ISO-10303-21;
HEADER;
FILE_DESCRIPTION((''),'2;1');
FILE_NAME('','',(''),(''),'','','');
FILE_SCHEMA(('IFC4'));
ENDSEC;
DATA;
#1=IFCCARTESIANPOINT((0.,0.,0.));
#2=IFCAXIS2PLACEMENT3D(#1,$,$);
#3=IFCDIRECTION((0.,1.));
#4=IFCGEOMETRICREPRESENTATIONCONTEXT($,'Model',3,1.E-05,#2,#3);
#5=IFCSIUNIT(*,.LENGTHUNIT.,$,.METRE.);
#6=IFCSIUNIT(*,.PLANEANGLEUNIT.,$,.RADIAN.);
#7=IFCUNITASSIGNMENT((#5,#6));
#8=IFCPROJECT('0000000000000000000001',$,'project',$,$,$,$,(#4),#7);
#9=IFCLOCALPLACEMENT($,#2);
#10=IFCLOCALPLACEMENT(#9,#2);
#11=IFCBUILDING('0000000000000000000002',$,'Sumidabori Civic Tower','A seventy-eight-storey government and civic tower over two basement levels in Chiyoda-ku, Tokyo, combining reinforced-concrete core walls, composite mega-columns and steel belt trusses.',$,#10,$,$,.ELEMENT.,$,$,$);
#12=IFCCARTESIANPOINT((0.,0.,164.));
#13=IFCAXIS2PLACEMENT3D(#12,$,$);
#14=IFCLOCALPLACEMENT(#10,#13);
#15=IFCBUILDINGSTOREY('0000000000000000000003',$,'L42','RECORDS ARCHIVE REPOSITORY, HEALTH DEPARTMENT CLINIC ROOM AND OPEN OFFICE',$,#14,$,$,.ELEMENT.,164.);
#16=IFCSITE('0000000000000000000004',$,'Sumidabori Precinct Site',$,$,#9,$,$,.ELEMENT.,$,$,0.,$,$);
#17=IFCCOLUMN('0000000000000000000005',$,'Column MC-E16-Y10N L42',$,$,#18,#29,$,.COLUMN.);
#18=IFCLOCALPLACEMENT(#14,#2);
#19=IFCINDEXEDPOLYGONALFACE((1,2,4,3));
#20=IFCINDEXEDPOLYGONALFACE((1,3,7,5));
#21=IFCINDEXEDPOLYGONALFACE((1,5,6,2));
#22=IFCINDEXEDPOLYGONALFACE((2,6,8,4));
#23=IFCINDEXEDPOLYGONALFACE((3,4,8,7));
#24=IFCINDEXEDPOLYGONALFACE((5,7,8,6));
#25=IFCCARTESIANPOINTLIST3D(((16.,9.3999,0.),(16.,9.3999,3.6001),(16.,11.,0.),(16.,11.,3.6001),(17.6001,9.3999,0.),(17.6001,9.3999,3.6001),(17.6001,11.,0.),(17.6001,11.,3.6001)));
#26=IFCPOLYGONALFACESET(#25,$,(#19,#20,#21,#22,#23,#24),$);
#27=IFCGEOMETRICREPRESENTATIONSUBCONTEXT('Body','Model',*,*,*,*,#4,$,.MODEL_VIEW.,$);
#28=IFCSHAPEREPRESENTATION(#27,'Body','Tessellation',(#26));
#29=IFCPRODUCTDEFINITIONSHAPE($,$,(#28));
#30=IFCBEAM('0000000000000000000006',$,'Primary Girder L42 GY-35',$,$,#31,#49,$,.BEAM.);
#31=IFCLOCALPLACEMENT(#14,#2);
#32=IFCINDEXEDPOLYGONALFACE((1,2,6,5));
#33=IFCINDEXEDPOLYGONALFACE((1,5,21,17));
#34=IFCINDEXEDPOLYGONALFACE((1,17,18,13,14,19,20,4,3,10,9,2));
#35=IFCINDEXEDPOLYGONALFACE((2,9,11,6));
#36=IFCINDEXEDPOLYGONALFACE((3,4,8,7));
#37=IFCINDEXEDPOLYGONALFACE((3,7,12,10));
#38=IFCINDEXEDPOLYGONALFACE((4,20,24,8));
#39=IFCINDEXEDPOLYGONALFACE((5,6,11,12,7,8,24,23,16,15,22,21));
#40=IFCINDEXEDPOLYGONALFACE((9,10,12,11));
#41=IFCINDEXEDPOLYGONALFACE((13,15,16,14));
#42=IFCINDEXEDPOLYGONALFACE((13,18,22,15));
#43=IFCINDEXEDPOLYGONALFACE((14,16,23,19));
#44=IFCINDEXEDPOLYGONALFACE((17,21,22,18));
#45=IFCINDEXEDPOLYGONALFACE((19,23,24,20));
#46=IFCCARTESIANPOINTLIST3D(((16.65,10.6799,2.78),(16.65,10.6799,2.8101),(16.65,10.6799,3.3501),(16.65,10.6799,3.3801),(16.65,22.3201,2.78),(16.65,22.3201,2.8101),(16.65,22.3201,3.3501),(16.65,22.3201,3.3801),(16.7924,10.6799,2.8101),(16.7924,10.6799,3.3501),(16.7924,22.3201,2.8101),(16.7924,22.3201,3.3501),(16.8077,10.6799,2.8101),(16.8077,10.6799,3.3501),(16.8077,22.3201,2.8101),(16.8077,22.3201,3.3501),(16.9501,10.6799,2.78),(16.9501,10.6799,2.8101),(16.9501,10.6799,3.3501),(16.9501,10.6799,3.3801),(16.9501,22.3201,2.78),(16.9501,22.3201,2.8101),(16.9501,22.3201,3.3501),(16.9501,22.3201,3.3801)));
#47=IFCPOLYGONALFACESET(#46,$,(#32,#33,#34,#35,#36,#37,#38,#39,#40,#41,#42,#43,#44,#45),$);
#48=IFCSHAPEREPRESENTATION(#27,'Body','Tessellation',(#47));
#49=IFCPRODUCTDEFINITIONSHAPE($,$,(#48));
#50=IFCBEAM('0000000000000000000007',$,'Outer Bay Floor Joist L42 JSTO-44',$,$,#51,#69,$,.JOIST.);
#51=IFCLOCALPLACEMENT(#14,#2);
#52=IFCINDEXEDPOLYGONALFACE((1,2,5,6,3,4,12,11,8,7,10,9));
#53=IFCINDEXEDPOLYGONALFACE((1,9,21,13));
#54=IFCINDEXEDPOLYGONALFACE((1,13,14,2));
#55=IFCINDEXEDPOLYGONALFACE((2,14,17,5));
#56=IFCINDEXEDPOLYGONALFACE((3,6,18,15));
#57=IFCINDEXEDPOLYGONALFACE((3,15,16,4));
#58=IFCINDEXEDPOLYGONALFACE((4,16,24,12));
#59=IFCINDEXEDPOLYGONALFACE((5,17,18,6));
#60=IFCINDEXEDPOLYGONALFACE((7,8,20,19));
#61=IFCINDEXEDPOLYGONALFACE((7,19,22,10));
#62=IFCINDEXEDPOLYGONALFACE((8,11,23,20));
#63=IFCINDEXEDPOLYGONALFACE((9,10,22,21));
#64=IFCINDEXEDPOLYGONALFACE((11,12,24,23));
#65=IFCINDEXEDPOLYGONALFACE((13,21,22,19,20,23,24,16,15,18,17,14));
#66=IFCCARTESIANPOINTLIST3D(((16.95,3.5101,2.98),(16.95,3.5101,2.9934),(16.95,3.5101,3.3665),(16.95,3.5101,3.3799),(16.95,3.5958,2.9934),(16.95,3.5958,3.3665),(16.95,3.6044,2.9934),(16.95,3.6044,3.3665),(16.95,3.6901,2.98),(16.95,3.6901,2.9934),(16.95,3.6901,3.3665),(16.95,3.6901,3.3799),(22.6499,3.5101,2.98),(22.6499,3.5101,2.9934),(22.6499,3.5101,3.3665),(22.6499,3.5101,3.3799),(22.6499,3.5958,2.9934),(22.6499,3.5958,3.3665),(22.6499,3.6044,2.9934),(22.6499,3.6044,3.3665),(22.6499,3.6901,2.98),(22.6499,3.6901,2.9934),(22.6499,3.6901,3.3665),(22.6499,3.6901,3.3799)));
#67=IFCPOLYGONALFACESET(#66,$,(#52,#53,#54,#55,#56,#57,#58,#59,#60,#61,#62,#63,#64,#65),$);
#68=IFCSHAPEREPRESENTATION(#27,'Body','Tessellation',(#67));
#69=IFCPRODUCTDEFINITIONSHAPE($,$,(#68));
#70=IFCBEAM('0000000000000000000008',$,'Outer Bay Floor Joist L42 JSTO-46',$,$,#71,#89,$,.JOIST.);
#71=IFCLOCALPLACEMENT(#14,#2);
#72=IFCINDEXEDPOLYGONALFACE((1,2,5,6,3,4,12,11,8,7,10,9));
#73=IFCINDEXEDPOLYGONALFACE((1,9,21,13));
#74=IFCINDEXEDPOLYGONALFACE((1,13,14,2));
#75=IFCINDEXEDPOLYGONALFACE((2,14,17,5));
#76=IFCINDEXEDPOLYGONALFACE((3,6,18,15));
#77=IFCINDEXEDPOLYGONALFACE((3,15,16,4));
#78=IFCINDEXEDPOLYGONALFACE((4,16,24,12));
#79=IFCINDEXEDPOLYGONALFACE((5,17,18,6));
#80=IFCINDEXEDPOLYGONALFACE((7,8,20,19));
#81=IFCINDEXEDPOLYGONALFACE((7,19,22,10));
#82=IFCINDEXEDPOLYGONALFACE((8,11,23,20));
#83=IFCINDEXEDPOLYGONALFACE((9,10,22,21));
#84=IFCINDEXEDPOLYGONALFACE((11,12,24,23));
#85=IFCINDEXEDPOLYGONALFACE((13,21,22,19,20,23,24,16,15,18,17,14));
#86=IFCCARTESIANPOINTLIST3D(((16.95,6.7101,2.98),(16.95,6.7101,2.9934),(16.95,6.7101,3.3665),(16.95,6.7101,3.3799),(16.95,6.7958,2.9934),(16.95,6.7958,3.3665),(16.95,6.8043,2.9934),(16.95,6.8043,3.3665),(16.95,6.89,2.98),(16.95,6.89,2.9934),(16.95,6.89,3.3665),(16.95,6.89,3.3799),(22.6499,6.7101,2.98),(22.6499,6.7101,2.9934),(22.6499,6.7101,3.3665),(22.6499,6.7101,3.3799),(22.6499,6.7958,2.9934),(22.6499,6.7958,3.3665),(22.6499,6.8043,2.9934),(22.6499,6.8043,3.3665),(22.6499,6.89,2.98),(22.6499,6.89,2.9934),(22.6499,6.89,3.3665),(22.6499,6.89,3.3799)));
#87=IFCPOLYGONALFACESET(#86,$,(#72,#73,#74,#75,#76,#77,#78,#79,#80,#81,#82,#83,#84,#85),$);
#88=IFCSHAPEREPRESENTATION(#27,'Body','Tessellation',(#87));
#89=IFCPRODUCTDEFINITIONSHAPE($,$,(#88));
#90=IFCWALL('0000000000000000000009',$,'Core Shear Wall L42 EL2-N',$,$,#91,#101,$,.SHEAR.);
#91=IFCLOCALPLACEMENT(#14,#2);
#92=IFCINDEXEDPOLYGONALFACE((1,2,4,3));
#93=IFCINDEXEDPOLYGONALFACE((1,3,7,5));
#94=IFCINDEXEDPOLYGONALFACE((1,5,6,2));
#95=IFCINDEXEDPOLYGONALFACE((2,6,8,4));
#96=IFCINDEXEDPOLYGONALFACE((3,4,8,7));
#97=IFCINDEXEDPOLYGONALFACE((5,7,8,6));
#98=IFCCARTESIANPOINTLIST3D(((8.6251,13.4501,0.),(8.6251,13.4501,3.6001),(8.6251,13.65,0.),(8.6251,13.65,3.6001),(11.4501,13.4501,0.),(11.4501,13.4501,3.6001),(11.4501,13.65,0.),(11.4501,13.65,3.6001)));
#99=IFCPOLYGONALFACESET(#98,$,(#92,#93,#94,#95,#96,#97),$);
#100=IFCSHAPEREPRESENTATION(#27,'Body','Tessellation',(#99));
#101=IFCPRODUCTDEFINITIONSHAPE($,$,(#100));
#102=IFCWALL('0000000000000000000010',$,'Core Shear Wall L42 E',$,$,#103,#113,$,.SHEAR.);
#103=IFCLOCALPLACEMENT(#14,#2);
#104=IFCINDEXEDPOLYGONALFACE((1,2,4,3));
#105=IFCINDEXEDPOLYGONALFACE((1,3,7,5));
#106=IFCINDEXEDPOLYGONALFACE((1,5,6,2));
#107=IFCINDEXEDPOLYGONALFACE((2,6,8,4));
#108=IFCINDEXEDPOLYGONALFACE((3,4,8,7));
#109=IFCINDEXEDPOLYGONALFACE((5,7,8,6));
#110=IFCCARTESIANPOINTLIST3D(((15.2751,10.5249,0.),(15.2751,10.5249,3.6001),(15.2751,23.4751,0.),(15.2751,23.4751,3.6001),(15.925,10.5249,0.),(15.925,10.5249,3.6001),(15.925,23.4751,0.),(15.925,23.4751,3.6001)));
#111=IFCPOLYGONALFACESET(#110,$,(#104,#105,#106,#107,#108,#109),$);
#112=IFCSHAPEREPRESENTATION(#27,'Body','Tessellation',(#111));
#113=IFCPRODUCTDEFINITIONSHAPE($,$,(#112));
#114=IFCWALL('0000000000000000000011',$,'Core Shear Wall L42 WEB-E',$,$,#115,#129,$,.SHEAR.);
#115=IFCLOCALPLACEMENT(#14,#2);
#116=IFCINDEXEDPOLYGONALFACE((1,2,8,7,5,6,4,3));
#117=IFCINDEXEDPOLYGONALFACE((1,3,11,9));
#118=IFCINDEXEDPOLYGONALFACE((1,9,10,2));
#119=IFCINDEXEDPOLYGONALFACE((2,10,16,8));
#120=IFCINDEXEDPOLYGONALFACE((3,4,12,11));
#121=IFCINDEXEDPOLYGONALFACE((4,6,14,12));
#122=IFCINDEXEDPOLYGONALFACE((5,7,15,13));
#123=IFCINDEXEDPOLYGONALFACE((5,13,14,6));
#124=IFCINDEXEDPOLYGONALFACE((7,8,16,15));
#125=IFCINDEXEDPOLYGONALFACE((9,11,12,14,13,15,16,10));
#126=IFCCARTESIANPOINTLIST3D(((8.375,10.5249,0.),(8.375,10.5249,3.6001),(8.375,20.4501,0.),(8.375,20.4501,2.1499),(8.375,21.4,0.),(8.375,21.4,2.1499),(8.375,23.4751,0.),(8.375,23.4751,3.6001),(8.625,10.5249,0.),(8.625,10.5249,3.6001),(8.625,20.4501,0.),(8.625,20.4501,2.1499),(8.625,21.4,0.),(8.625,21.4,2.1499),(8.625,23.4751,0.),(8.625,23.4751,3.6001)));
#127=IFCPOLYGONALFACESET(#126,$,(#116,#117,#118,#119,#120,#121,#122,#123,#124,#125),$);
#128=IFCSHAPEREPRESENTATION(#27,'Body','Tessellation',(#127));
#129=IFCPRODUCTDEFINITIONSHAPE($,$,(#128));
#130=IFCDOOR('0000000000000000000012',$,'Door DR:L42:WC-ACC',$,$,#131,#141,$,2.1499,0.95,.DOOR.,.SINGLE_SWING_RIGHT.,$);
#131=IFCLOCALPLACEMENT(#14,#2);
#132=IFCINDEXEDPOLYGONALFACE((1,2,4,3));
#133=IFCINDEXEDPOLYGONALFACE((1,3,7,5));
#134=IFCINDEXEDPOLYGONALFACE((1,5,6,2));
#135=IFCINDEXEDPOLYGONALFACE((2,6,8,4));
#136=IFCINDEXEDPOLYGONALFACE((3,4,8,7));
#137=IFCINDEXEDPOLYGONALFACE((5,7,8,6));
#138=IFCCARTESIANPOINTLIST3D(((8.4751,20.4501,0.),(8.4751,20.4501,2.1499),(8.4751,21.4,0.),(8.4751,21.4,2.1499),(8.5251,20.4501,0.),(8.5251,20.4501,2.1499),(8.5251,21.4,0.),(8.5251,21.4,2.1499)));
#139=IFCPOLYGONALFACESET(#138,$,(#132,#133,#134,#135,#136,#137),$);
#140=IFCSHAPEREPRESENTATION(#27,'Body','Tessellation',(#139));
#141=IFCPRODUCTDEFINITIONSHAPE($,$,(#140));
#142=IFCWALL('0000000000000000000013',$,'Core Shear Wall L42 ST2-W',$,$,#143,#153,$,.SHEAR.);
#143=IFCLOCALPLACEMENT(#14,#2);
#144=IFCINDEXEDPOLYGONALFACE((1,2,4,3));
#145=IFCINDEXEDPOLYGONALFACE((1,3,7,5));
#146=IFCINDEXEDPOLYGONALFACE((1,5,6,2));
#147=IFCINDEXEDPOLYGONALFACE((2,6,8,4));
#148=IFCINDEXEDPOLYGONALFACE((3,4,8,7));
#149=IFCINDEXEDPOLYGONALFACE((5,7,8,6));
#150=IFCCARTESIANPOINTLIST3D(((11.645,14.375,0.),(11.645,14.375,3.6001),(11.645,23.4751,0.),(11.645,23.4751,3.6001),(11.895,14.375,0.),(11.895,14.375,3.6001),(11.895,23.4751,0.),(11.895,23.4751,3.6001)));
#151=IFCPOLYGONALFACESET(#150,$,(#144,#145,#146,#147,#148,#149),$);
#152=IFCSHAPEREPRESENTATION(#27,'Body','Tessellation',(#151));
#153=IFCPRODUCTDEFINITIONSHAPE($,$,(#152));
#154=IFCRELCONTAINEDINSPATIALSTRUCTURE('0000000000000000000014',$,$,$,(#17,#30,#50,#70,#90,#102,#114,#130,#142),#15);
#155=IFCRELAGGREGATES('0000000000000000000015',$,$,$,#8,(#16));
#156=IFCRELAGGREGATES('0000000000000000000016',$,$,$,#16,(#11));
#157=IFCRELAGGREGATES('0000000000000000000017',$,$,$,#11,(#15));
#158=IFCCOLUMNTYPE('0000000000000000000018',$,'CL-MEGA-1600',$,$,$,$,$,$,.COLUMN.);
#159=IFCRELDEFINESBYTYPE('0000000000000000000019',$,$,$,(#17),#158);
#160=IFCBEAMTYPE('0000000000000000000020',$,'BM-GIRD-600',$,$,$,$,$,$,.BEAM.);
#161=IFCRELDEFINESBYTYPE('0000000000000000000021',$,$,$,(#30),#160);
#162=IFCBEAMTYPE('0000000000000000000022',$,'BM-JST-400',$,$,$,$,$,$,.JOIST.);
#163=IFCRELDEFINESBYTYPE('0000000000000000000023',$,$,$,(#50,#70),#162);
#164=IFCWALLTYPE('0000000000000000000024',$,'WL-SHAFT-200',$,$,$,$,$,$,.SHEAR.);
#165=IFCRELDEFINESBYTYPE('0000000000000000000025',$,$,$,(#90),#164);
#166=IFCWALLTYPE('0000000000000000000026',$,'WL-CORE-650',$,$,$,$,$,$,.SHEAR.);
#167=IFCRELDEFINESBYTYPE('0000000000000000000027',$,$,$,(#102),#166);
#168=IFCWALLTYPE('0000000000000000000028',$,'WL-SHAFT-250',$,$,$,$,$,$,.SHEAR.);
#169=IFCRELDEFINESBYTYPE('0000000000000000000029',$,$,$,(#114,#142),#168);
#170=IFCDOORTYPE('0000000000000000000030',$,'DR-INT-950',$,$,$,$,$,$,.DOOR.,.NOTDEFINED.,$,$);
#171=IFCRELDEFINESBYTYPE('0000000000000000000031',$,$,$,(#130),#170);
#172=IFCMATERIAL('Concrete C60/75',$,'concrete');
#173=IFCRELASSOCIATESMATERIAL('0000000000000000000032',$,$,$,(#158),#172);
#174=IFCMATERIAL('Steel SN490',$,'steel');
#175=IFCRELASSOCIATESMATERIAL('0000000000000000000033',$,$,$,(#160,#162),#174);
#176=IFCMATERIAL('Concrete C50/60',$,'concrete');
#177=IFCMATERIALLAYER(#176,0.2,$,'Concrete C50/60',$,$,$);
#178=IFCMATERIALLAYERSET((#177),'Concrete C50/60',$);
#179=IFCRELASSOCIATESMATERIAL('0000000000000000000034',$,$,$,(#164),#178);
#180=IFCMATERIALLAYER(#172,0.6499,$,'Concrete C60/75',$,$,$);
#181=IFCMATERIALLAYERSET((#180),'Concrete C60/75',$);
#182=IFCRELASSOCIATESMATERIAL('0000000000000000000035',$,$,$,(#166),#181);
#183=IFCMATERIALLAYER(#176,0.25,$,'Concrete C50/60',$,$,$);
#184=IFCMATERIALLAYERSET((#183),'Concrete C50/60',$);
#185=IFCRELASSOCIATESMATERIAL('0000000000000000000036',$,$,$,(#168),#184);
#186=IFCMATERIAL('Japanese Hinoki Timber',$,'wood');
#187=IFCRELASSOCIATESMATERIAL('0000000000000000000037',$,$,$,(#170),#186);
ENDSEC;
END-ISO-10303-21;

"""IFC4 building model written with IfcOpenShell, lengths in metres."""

from ifc_helpers import new_model, si_unit, direction, frame, frame_2d, origin, origin_2d, place, context, subcontext, project, spatial, rectangle, i_section, extrude, source, transform, mapped, material, layer, layer_set, material_profile, profile_set, type_object, element, fill, save


model = new_model("IFC4")

# Units and contexts
model_context = context("Model", 3, precision=1e-05, world=origin(), true_north=direction((0.0, 1.0)))
body_context = subcontext(model_context, "Body", "Model", "MODEL_VIEW")
ifc_project = project(units=[si_unit("LENGTHUNIT", "METRE"), si_unit("PLANEANGLEUNIT", "RADIAN")], contexts=[model_context])

# Site, building, storey
site_placement = place(None, origin())
site = spatial("IfcSite", under=ifc_project, at=site_placement, Name="Sumidabori Precinct Site", CompositionType="ELEMENT", RefElevation=0.0)
building_placement = place(site_placement, origin())
building = spatial("IfcBuilding", under=site, at=building_placement, Name="Sumidabori Civic Tower", Description="A seventy-eight-storey government and civic tower over two basement levels in Chiyoda-ku, Tokyo, combining reinforced-concrete core walls, composite mega-columns and steel belt trusses.", CompositionType="ELEMENT")
storey_placement = place(building_placement, frame((0.0, 0.0, 164.0)))
storey = spatial("IfcBuildingStorey", under=building, at=storey_placement, Name="L42", Description="RECORDS ARCHIVE REPOSITORY, HEALTH DEPARTMENT CLINIC ROOM AND OPEN OFFICE", CompositionType="ELEMENT", Elevation=164.0)

# Column
ifc_material_1 = material(Name="Concrete C60/75", Category="concrete")
ifc_material_profile_1 = material_profile(ifc_material_1, rectangle(XDim=1.6001, YDim=1.6001, at=origin_2d()), Name="RC 1600x1600")
ifc_profile_set_1 = profile_set([ifc_material_profile_1], Name="Concrete C60/75")
column_type = type_object("IfcColumnType", Name="CL-MEGA-1600", PredefinedType="COLUMN", material=ifc_profile_set_1)
shared_shape_1 = source(origin(), body_context, "Body", "SweptSolid", [
    extrude(rectangle(XDim=1.6001, YDim=1.6001, at=origin_2d()), origin(), (0.0, 0.0, 1.0), 3.6001),
])
column_placement = place(storey_placement, frame((16.8, 10.2, 0.0), z_axis=(0.0, 0.0, 1.0), x_axis=(1.0, 0.0, 0.0)))
element("IfcColumn", 1, at=column_placement, inside=storey, type_object=column_type, Name="Column MC-E16-Y10N L42", PredefinedType="COLUMN", context=body_context, shape_type="MappedRepresentation", body=[
    mapped(shared_shape_1, transform((0.0, 0.0, 0.0), x_axis=(1.0, 0.0, 0.0), y_axis=(0.0, 1.0, 0.0), z_axis=(0.0, 0.0, 1.0), scale=1.0)),
])

# Beams
ifc_material_2 = material(Name="Steel SN490", Category="steel")
ifc_material_profile_2 = material_profile(ifc_material_2, i_section(OverallWidth=0.3, OverallDepth=0.6001, WebThickness=0.0154, FlangeThickness=0.03, at=origin_2d()), Name="HE 600 B")
ifc_profile_set_2 = profile_set([ifc_material_profile_2], Name="Steel SN490")
beam_type_1 = type_object("IfcBeamType", Name="BM-GIRD-600", PredefinedType="BEAM", material=ifc_profile_set_2)
shared_shape_2 = source(origin(), body_context, "Body", "SweptSolid", [
    extrude(i_section(OverallWidth=0.3, OverallDepth=0.6001, WebThickness=0.0154, FlangeThickness=0.03, at=origin_2d()), origin(), (0.0, 0.0, 1.0), 11.6401),
])
beam_placement = place(storey_placement, frame((16.8, 10.6799, 3.0801), z_axis=(0.0, 1.0, 0.0), x_axis=(-1.0, 0.0, 0.0)))
element("IfcBeam", 2, at=beam_placement, inside=storey, type_object=beam_type_1, Name="Primary Girder L42 GY-35", PredefinedType="BEAM", context=body_context, shape_type="MappedRepresentation", body=[
    mapped(shared_shape_2, transform((0.0, 0.0, 0.0), x_axis=(1.0, 0.0, 0.0), y_axis=(0.0, 1.0, 0.0), z_axis=(0.0, 0.0, 1.0), scale=1.0)),
])
ifc_material_profile_3 = material_profile(ifc_material_2, i_section(OverallWidth=0.1799, OverallDepth=0.3999, WebThickness=0.0085, FlangeThickness=0.0134, at=origin_2d()), Name="IPE 400")
ifc_profile_set_3 = profile_set([ifc_material_profile_3], Name="Steel SN490")
beam_type_2 = type_object("IfcBeamType", Name="BM-JST-400", PredefinedType="JOIST", material=ifc_profile_set_3)
shared_shape_3 = source(origin(), body_context, "Body", "SweptSolid", [
    extrude(i_section(OverallWidth=0.1799, OverallDepth=0.3999, WebThickness=0.0085, FlangeThickness=0.0134, at=origin_2d()), origin(), (0.0, 0.0, 1.0), 5.7),
])
for number, where, z_axis, x_axis, name in (
    (3, (16.95, 3.6001, 3.1799), (1.0, 0.0, 0.0), (0.0, 1.0, 0.0), "Outer Bay Floor Joist L42 JSTO-44"),
    (4, (16.95, 6.8, 3.1799), (1.0, 0.0, 0.0), (0.0, 1.0, 0.0), "Outer Bay Floor Joist L42 JSTO-46"),
):
    element("IfcBeam", number, at=place(storey_placement, frame(where, z_axis=z_axis, x_axis=x_axis)), inside=storey, type_object=beam_type_2, Name=name, PredefinedType="JOIST", context=body_context, shape_type="MappedRepresentation", body=[
        mapped(shared_shape_3, transform((0.0, 0.0, 0.0), x_axis=(1.0, 0.0, 0.0), y_axis=(0.0, 1.0, 0.0), z_axis=(0.0, 0.0, 1.0), scale=1.0)),
    ])

# Walls
ifc_material_3 = material(Name="Concrete C50/60", Category="concrete")
ifc_layer_1 = layer(ifc_material_3, 0.2, Name="Concrete C50/60")
ifc_layer_set_1 = layer_set([ifc_layer_1], Name="Concrete C50/60")
wall_type_1 = type_object("IfcWallType", Name="WL-SHAFT-200", PredefinedType="SHEAR", material=ifc_layer_set_1)
shared_shape_4 = source(origin(), body_context, "Body", "SweptSolid", [
    extrude(rectangle(XDim=2.825, YDim=0.2, at=frame_2d((1.4126, 0.0))), origin(), (0.0, 0.0, 1.0), 3.6001),
])
wall_1_placement = place(storey_placement, frame((8.625, 13.55, 0.0), z_axis=(0.0, 0.0, 1.0), x_axis=(1.0, 0.0, 0.0)))
element("IfcWall", 5, at=wall_1_placement, inside=storey, type_object=wall_type_1, Name="Core Shear Wall L42 EL2-N", PredefinedType="SHEAR", context=body_context, shape_type="MappedRepresentation", body=[
    mapped(shared_shape_4, transform((0.0, 0.0, 0.0), x_axis=(1.0, 0.0, 0.0), y_axis=(0.0, 1.0, 0.0), z_axis=(0.0, 0.0, 1.0), scale=1.0)),
])
ifc_layer_2 = layer(ifc_material_1, 0.6499, Name="Concrete C60/75")
ifc_layer_set_2 = layer_set([ifc_layer_2], Name="Concrete C60/75")
wall_type_2 = type_object("IfcWallType", Name="WL-CORE-650", PredefinedType="SHEAR", material=ifc_layer_set_2)
shared_shape_5 = source(origin(), body_context, "Body", "SweptSolid", [
    extrude(rectangle(XDim=12.9502, YDim=0.6499, at=frame_2d((6.4751, 0.0))), origin(), (0.0, 0.0, 1.0), 3.6001),
])
wall_2_placement = place(storey_placement, frame((15.6001, 10.5249, 0.0), z_axis=(0.0, 0.0, 1.0), x_axis=(0.0, 1.0, 0.0)))
element("IfcWall", 6, at=wall_2_placement, inside=storey, type_object=wall_type_2, Name="Core Shear Wall L42 E", PredefinedType="SHEAR", context=body_context, shape_type="MappedRepresentation", body=[
    mapped(shared_shape_5, transform((0.0, 0.0, 0.0), x_axis=(1.0, 0.0, 0.0), y_axis=(0.0, 1.0, 0.0), z_axis=(0.0, 0.0, 1.0), scale=1.0)),
])

# Wall, opening, door
ifc_layer_3 = layer(ifc_material_3, 0.25, Name="Concrete C50/60")
ifc_layer_set_3 = layer_set([ifc_layer_3], Name="Concrete C50/60")
wall_type_3 = type_object("IfcWallType", Name="WL-SHAFT-250", PredefinedType="SHEAR", material=ifc_layer_set_3)
shared_shape_6 = source(origin(), body_context, "Body", "SweptSolid", [
    extrude(rectangle(XDim=12.9502, YDim=0.25, at=frame_2d((6.4751, 0.0))), origin(), (0.0, 0.0, 1.0), 3.6001),
])
wall_3_placement = place(storey_placement, frame((8.5, 10.5249, 0.0), z_axis=(0.0, 0.0, 1.0), x_axis=(0.0, 1.0, 0.0)))
wall_3 = element("IfcWall", 7, at=wall_3_placement, inside=storey, type_object=wall_type_3, Name="Core Shear Wall L42 WEB-E", PredefinedType="SHEAR", context=body_context, shape_type="MappedRepresentation", body=[
    mapped(shared_shape_6, transform((0.0, 0.0, 0.0), x_axis=(1.0, 0.0, 0.0), y_axis=(0.0, 1.0, 0.0), z_axis=(0.0, 0.0, 1.0), scale=1.0)),
])
opening_1_placement = place(wall_3_placement, frame((9.925, 0.0, 0.0)))
opening_1 = element("IfcOpeningElement", 8, at=opening_1_placement, cuts=wall_3, PredefinedType="OPENING", context=body_context, shape_type="SweptSolid", body=[
    extrude(rectangle(XDim=0.95, YDim=2.1499, at=frame_2d((0.4751, 1.075))), frame((0.0, 0.137, 0.0), z_axis=(0.0, -1.0, 0.0), x_axis=(1.0, 0.0, 0.0)), (0.0, 0.0, 1.0), 0.2739),
])
ifc_material_4 = material(Name="Japanese Hinoki Timber", Category="wood")
door_type_1 = type_object("IfcDoorType", Name="DR-INT-950", OperationType="NOTDEFINED", PredefinedType="DOOR", material=ifc_material_4)
shared_shape_7 = source(origin(), body_context, "Body", "SweptSolid", [
    extrude(rectangle(XDim=0.95, YDim=2.1499, at=frame_2d((0.4751, 1.075))), frame((0.0, 0.0249, 0.0), z_axis=(0.0, -1.0, 0.0), x_axis=(1.0, 0.0, 0.0)), (0.0, 0.0, 1.0), 0.05),
])
door_1_placement = place(opening_1_placement, origin())
door_1 = element("IfcDoor", 9, at=door_1_placement, inside=storey, type_object=door_type_1, Name="Door DR:L42:WC-ACC", OperationType="SINGLE_SWING_RIGHT", OverallHeight=2.1499, OverallWidth=0.95, PredefinedType="DOOR", context=body_context, shape_type="MappedRepresentation", body=[
    mapped(shared_shape_7, transform((0.0, 0.0, 0.0), x_axis=(1.0, 0.0, 0.0), y_axis=(0.0, 1.0, 0.0), z_axis=(0.0, 0.0, 1.0), scale=1.0)),
])
fill(opening_1, door_1)

# Wall
shared_shape_8 = source(origin(), body_context, "Body", "SweptSolid", [
    extrude(rectangle(XDim=9.1001, YDim=0.25, at=frame_2d((4.55, 0.0))), origin(), (0.0, 0.0, 1.0), 3.6001),
])
wall_4_placement = place(storey_placement, frame((11.77, 14.375, 0.0), z_axis=(0.0, 0.0, 1.0), x_axis=(0.0, 1.0, 0.0)))
element("IfcWall", 10, at=wall_4_placement, inside=storey, type_object=wall_type_3, Name="Core Shear Wall L42 ST2-W", PredefinedType="SHEAR", context=body_context, shape_type="MappedRepresentation", body=[
    mapped(shared_shape_8, transform((0.0, 0.0, 0.0), x_axis=(1.0, 0.0, 0.0), y_axis=(0.0, 1.0, 0.0), z_axis=(0.0, 0.0, 1.0), scale=1.0)),
])

save(model, "model.ifc")
